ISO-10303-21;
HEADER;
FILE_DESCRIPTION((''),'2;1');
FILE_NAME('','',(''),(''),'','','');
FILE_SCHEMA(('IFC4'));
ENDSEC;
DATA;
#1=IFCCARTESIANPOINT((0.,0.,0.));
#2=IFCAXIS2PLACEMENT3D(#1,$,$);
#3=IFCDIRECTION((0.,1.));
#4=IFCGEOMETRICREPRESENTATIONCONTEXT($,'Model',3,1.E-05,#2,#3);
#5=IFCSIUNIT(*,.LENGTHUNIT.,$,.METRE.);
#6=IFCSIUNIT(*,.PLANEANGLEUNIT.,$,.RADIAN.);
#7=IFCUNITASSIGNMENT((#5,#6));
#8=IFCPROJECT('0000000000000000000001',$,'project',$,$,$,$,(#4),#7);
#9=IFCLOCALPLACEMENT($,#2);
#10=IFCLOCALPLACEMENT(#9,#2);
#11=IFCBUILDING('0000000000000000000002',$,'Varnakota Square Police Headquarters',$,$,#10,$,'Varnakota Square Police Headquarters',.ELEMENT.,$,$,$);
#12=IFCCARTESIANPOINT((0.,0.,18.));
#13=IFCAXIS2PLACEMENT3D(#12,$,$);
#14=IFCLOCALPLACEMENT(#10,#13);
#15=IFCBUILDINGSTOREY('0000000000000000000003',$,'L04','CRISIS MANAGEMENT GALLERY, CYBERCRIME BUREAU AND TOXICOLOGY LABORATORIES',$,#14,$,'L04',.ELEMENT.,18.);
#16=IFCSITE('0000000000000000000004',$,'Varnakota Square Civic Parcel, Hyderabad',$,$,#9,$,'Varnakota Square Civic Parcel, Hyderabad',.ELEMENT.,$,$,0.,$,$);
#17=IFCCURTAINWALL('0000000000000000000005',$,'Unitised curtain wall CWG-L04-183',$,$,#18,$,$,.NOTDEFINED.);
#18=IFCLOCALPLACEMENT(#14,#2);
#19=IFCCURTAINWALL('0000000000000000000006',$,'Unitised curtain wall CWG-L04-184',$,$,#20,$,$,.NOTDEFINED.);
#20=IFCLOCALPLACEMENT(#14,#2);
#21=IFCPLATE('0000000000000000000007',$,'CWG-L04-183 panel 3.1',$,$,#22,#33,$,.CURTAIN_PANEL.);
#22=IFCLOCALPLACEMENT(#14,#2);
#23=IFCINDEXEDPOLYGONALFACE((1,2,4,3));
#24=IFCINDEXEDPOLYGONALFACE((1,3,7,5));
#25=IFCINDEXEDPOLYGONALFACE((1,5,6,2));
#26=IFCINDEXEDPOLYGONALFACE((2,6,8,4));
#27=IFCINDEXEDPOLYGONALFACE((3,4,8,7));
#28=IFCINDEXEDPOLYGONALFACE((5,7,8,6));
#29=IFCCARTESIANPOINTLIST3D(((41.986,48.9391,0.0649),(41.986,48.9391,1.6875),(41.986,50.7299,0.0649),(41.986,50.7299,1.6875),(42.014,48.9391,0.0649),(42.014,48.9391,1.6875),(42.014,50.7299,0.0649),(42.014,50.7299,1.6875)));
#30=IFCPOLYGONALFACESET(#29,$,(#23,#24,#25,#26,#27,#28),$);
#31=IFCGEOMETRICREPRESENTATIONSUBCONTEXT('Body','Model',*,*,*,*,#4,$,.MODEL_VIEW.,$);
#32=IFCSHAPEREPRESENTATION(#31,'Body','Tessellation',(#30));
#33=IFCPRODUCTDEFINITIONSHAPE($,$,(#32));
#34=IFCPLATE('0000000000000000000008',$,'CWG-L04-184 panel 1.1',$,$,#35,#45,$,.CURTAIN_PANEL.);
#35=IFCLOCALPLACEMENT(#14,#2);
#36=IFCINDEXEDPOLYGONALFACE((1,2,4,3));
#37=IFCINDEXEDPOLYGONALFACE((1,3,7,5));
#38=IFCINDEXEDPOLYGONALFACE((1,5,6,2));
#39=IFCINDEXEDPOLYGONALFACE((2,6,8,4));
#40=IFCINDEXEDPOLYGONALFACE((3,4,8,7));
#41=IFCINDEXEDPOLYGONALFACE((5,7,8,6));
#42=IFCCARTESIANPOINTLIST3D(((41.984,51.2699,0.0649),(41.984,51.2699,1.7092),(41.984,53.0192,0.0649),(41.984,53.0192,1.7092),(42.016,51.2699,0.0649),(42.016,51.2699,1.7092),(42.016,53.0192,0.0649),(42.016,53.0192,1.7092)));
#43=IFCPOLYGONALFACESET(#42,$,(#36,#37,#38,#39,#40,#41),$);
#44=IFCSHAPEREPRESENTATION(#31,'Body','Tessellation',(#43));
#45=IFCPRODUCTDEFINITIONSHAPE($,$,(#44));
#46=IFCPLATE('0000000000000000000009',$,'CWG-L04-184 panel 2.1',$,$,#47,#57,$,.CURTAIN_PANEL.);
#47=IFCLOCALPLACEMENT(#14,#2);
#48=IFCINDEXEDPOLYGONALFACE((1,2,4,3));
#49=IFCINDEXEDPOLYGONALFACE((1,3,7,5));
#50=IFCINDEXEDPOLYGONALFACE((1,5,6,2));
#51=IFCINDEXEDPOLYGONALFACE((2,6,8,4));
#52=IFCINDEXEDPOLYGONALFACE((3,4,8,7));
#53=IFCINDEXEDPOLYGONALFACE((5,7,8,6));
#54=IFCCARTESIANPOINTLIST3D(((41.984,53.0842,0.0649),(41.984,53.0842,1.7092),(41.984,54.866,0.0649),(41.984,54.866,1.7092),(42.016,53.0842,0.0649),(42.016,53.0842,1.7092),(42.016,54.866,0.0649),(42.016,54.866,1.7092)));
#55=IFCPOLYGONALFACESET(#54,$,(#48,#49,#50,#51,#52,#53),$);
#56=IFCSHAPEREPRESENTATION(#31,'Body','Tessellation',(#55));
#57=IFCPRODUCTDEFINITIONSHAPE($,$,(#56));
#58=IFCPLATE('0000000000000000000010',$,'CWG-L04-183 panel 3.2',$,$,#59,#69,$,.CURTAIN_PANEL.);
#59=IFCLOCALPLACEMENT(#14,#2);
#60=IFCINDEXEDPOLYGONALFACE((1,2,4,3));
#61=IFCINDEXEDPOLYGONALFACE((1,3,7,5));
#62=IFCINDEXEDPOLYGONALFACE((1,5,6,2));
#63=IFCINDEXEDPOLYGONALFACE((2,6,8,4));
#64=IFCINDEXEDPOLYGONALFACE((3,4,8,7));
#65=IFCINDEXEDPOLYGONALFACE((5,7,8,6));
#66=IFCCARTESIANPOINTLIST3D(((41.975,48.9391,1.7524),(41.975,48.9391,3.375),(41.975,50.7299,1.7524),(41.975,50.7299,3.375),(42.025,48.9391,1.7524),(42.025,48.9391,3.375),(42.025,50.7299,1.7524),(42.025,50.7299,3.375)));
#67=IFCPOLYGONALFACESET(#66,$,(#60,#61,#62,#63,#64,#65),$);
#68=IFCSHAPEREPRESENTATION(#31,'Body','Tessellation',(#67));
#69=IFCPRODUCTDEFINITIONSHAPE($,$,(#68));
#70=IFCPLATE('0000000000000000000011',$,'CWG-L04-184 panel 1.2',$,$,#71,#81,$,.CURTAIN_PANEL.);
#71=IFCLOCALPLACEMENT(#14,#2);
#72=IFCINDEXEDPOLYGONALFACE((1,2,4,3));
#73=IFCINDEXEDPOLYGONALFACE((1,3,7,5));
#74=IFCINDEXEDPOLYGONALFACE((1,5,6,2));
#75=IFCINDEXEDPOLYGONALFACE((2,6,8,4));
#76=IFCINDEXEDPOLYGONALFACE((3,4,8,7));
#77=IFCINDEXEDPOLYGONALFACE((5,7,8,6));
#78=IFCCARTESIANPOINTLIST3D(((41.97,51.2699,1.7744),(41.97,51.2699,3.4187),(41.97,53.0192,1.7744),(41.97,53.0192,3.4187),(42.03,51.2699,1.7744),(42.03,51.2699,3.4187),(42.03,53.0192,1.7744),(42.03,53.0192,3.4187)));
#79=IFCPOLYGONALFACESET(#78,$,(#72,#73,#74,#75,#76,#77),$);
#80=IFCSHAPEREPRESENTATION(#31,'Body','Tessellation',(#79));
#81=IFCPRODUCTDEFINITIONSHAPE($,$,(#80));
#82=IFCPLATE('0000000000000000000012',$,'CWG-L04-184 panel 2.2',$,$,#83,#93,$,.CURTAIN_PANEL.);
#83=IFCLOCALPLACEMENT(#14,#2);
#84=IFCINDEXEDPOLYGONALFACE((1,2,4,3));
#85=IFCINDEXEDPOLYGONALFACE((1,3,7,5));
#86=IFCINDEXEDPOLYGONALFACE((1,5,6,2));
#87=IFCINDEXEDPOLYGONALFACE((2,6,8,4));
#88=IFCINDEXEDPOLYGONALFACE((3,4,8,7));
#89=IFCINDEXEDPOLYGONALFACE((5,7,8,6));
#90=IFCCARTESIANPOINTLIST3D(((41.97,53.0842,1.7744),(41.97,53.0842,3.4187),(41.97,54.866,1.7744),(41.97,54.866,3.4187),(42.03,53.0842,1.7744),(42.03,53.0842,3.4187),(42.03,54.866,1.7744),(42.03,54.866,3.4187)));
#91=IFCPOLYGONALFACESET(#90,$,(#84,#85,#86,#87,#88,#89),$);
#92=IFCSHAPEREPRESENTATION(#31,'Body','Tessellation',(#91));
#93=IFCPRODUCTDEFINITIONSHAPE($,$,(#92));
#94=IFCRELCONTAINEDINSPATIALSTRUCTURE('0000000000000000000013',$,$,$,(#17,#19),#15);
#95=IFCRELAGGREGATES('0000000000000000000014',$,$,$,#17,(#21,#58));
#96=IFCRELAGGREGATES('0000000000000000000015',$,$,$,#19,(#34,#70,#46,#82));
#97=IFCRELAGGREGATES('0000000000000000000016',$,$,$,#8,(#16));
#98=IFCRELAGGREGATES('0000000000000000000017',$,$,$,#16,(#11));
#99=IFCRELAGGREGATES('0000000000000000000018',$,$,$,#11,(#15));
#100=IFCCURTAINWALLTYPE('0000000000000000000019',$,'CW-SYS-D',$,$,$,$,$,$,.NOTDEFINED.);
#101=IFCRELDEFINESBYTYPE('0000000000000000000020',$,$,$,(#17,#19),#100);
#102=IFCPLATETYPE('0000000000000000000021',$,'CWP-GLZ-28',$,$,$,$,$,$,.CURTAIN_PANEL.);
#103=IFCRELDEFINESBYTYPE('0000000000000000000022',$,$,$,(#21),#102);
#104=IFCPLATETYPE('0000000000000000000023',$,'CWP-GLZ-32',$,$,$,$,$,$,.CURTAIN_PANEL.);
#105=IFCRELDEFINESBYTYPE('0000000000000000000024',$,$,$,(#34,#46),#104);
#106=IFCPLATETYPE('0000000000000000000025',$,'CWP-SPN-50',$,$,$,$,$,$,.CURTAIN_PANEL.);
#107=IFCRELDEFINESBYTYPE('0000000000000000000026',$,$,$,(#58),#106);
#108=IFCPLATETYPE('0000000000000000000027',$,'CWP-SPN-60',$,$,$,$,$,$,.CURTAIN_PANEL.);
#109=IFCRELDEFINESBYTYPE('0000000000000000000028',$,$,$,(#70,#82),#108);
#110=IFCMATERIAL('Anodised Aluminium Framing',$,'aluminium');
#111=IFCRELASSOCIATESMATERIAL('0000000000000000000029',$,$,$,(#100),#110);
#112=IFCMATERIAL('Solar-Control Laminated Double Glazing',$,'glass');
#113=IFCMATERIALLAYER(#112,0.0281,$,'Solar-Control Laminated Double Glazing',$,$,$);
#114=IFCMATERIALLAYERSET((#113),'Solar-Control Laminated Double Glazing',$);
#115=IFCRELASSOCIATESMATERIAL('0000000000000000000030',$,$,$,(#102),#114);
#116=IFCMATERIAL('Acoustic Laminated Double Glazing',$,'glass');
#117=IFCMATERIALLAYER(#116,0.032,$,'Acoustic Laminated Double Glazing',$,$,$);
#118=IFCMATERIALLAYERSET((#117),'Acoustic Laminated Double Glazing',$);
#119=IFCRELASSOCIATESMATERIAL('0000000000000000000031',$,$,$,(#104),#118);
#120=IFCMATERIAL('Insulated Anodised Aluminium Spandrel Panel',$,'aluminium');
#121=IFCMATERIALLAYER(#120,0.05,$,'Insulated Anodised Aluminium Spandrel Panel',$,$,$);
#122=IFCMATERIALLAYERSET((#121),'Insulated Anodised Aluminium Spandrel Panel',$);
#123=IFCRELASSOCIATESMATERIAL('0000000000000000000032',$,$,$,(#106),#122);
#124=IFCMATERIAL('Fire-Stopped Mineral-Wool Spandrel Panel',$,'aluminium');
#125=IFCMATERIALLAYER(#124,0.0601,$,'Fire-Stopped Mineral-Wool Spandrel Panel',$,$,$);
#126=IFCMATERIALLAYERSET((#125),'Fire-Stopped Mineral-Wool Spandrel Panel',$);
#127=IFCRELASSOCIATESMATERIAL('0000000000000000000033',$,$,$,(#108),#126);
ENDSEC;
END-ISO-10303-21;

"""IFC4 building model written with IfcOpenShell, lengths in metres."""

from ifc_helpers import new_model, si_unit, direction, frame, origin, origin_2d, place, context, subcontext, project, spatial, rectangle, extrude, material, layer, layer_set, type_object, element, aggregate, save


model = new_model("IFC4")

# Units and contexts
model_context = context("Model", 3, precision=1e-05, world=origin(), true_north=direction((0.0, 1.0)))
body_context = subcontext(model_context, "Body", "Model", "MODEL_VIEW")
ifc_project = project(units=[si_unit("LENGTHUNIT", "METRE"), si_unit("PLANEANGLEUNIT", "RADIAN")], contexts=[model_context])

# Site, building, storey
site_placement = place(None, origin())
site = spatial("IfcSite", under=ifc_project, at=site_placement, Name="Varnakota Square Civic Parcel, Hyderabad", LongName="Varnakota Square Civic Parcel, Hyderabad", CompositionType="ELEMENT", RefElevation=0.0)
building_placement = place(site_placement, origin())
building = spatial("IfcBuilding", under=site, at=building_placement, Name="Varnakota Square Police Headquarters", LongName="Varnakota Square Police Headquarters", CompositionType="ELEMENT")
storey_placement = place(building_placement, frame((0.0, 0.0, 18.0)))
storey = spatial("IfcBuildingStorey", under=building, at=storey_placement, Name="L04", Description="CRISIS MANAGEMENT GALLERY, CYBERCRIME BUREAU AND TOXICOLOGY LABORATORIES", LongName="L04", CompositionType="ELEMENT", Elevation=18.0)

# Curtain walls
ifc_material_1 = material(Name="Anodised Aluminium Framing", Category="aluminium")
curtain_wall_type = type_object("IfcCurtainWallType", Name="CW-SYS-D", PredefinedType="NOTDEFINED", material=ifc_material_1)
curtain_wall_1_placement = place(storey_placement, origin())
curtain_wall_1 = element("IfcCurtainWall", 1, at=curtain_wall_1_placement, inside=storey, type_object=curtain_wall_type, Name="Unitised curtain wall CWG-L04-183", PredefinedType="NOTDEFINED")
curtain_wall_2_placement = place(storey_placement, origin())
curtain_wall_2 = element("IfcCurtainWall", 2, at=curtain_wall_2_placement, inside=storey, type_object=curtain_wall_type, Name="Unitised curtain wall CWG-L04-184", PredefinedType="NOTDEFINED")

# Plates
ifc_material_2 = material(Name="Solar-Control Laminated Double Glazing", Category="glass")
ifc_layer_1 = layer(ifc_material_2, 0.0281, Name="Solar-Control Laminated Double Glazing")
ifc_layer_set_1 = layer_set([ifc_layer_1], Name="Solar-Control Laminated Double Glazing")
plate_type_1 = type_object("IfcPlateType", Name="CWP-GLZ-28", PredefinedType="CURTAIN_PANEL", material=ifc_layer_set_1)
plate_1_placement = place(storey_placement, frame((42.0, 49.8345, 0.0649), z_axis=(0.0, 0.0, 1.0), x_axis=(0.0, 1.0, 0.0)))
plate_1 = element("IfcPlate", 3, at=plate_1_placement, type_object=plate_type_1, Name="CWG-L04-183 panel 3.1", PredefinedType="CURTAIN_PANEL", context=body_context, shape_type="SweptSolid", body=[
    extrude(rectangle(XDim=1.7908, YDim=0.0281, at=origin_2d()), origin(), (0.0, 0.0, 1.0), 1.6226),
])
ifc_material_3 = material(Name="Acoustic Laminated Double Glazing", Category="glass")
ifc_layer_2 = layer(ifc_material_3, 0.032, Name="Acoustic Laminated Double Glazing")
ifc_layer_set_2 = layer_set([ifc_layer_2], Name="Acoustic Laminated Double Glazing")
plate_type_2 = type_object("IfcPlateType", Name="CWP-GLZ-32", PredefinedType="CURTAIN_PANEL", material=ifc_layer_set_2)
plate_2_placement = place(storey_placement, frame((42.0, 52.1445, 0.0649), z_axis=(0.0, 0.0, 1.0), x_axis=(0.0, 1.0, 0.0)))
plate_2 = element("IfcPlate", 4, at=plate_2_placement, type_object=plate_type_2, Name="CWG-L04-184 panel 1.1", PredefinedType="CURTAIN_PANEL", context=body_context, shape_type="SweptSolid", body=[
    extrude(rectangle(XDim=1.7493, YDim=0.032, at=origin_2d()), origin(), (0.0, 0.0, 1.0), 1.6443),
])
plate_3_placement = place(storey_placement, frame((42.0, 53.9751, 0.0649), z_axis=(0.0, 0.0, 1.0), x_axis=(0.0, 1.0, 0.0)))
plate_3 = element("IfcPlate", 5, at=plate_3_placement, type_object=plate_type_2, Name="CWG-L04-184 panel 2.1", PredefinedType="CURTAIN_PANEL", context=body_context, shape_type="SweptSolid", body=[
    extrude(rectangle(XDim=1.7817, YDim=0.032, at=origin_2d()), origin(), (0.0, 0.0, 1.0), 1.6443),
])
ifc_material_4 = material(Name="Insulated Anodised Aluminium Spandrel Panel", Category="aluminium")
ifc_layer_3 = layer(ifc_material_4, 0.05, Name="Insulated Anodised Aluminium Spandrel Panel")
ifc_layer_set_3 = layer_set([ifc_layer_3], Name="Insulated Anodised Aluminium Spandrel Panel")
plate_type_3 = type_object("IfcPlateType", Name="CWP-SPN-50", PredefinedType="CURTAIN_PANEL", material=ifc_layer_set_3)
plate_4_placement = place(storey_placement, frame((42.0, 49.8345, 1.7524), z_axis=(0.0, 0.0, 1.0), x_axis=(0.0, 1.0, 0.0)))
plate_4 = element("IfcPlate", 6, at=plate_4_placement, type_object=plate_type_3, Name="CWG-L04-183 panel 3.2", PredefinedType="CURTAIN_PANEL", context=body_context, shape_type="SweptSolid", body=[
    extrude(rectangle(XDim=1.7908, YDim=0.05, at=origin_2d()), origin(), (0.0, 0.0, 1.0), 1.6226),
])
aggregate(curtain_wall_1, [plate_1, plate_4])
ifc_material_5 = material(Name="Fire-Stopped Mineral-Wool Spandrel Panel", Category="aluminium")
ifc_layer_4 = layer(ifc_material_5, 0.0601, Name="Fire-Stopped Mineral-Wool Spandrel Panel")
ifc_layer_set_4 = layer_set([ifc_layer_4], Name="Fire-Stopped Mineral-Wool Spandrel Panel")
plate_type_4 = type_object("IfcPlateType", Name="CWP-SPN-60", PredefinedType="CURTAIN_PANEL", material=ifc_layer_set_4)
plate_5_placement = place(storey_placement, frame((42.0, 52.1445, 1.7744), z_axis=(0.0, 0.0, 1.0), x_axis=(0.0, 1.0, 0.0)))
plate_5 = element("IfcPlate", 7, at=plate_5_placement, type_object=plate_type_4, Name="CWG-L04-184 panel 1.2", PredefinedType="CURTAIN_PANEL", context=body_context, shape_type="SweptSolid", body=[
    extrude(rectangle(XDim=1.7493, YDim=0.0601, at=origin_2d()), origin(), (0.0, 0.0, 1.0), 1.6443),
])
plate_6_placement = place(storey_placement, frame((42.0, 53.9751, 1.7744), z_axis=(0.0, 0.0, 1.0), x_axis=(0.0, 1.0, 0.0)))
plate_6 = element("IfcPlate", 8, at=plate_6_placement, type_object=plate_type_4, Name="CWG-L04-184 panel 2.2", PredefinedType="CURTAIN_PANEL", context=body_context, shape_type="SweptSolid", body=[
    extrude(rectangle(XDim=1.7817, YDim=0.0601, at=origin_2d()), origin(), (0.0, 0.0, 1.0), 1.6443),
])
aggregate(curtain_wall_2, [plate_2, plate_5, plate_3, plate_6])

save(model, "model.ifc")
